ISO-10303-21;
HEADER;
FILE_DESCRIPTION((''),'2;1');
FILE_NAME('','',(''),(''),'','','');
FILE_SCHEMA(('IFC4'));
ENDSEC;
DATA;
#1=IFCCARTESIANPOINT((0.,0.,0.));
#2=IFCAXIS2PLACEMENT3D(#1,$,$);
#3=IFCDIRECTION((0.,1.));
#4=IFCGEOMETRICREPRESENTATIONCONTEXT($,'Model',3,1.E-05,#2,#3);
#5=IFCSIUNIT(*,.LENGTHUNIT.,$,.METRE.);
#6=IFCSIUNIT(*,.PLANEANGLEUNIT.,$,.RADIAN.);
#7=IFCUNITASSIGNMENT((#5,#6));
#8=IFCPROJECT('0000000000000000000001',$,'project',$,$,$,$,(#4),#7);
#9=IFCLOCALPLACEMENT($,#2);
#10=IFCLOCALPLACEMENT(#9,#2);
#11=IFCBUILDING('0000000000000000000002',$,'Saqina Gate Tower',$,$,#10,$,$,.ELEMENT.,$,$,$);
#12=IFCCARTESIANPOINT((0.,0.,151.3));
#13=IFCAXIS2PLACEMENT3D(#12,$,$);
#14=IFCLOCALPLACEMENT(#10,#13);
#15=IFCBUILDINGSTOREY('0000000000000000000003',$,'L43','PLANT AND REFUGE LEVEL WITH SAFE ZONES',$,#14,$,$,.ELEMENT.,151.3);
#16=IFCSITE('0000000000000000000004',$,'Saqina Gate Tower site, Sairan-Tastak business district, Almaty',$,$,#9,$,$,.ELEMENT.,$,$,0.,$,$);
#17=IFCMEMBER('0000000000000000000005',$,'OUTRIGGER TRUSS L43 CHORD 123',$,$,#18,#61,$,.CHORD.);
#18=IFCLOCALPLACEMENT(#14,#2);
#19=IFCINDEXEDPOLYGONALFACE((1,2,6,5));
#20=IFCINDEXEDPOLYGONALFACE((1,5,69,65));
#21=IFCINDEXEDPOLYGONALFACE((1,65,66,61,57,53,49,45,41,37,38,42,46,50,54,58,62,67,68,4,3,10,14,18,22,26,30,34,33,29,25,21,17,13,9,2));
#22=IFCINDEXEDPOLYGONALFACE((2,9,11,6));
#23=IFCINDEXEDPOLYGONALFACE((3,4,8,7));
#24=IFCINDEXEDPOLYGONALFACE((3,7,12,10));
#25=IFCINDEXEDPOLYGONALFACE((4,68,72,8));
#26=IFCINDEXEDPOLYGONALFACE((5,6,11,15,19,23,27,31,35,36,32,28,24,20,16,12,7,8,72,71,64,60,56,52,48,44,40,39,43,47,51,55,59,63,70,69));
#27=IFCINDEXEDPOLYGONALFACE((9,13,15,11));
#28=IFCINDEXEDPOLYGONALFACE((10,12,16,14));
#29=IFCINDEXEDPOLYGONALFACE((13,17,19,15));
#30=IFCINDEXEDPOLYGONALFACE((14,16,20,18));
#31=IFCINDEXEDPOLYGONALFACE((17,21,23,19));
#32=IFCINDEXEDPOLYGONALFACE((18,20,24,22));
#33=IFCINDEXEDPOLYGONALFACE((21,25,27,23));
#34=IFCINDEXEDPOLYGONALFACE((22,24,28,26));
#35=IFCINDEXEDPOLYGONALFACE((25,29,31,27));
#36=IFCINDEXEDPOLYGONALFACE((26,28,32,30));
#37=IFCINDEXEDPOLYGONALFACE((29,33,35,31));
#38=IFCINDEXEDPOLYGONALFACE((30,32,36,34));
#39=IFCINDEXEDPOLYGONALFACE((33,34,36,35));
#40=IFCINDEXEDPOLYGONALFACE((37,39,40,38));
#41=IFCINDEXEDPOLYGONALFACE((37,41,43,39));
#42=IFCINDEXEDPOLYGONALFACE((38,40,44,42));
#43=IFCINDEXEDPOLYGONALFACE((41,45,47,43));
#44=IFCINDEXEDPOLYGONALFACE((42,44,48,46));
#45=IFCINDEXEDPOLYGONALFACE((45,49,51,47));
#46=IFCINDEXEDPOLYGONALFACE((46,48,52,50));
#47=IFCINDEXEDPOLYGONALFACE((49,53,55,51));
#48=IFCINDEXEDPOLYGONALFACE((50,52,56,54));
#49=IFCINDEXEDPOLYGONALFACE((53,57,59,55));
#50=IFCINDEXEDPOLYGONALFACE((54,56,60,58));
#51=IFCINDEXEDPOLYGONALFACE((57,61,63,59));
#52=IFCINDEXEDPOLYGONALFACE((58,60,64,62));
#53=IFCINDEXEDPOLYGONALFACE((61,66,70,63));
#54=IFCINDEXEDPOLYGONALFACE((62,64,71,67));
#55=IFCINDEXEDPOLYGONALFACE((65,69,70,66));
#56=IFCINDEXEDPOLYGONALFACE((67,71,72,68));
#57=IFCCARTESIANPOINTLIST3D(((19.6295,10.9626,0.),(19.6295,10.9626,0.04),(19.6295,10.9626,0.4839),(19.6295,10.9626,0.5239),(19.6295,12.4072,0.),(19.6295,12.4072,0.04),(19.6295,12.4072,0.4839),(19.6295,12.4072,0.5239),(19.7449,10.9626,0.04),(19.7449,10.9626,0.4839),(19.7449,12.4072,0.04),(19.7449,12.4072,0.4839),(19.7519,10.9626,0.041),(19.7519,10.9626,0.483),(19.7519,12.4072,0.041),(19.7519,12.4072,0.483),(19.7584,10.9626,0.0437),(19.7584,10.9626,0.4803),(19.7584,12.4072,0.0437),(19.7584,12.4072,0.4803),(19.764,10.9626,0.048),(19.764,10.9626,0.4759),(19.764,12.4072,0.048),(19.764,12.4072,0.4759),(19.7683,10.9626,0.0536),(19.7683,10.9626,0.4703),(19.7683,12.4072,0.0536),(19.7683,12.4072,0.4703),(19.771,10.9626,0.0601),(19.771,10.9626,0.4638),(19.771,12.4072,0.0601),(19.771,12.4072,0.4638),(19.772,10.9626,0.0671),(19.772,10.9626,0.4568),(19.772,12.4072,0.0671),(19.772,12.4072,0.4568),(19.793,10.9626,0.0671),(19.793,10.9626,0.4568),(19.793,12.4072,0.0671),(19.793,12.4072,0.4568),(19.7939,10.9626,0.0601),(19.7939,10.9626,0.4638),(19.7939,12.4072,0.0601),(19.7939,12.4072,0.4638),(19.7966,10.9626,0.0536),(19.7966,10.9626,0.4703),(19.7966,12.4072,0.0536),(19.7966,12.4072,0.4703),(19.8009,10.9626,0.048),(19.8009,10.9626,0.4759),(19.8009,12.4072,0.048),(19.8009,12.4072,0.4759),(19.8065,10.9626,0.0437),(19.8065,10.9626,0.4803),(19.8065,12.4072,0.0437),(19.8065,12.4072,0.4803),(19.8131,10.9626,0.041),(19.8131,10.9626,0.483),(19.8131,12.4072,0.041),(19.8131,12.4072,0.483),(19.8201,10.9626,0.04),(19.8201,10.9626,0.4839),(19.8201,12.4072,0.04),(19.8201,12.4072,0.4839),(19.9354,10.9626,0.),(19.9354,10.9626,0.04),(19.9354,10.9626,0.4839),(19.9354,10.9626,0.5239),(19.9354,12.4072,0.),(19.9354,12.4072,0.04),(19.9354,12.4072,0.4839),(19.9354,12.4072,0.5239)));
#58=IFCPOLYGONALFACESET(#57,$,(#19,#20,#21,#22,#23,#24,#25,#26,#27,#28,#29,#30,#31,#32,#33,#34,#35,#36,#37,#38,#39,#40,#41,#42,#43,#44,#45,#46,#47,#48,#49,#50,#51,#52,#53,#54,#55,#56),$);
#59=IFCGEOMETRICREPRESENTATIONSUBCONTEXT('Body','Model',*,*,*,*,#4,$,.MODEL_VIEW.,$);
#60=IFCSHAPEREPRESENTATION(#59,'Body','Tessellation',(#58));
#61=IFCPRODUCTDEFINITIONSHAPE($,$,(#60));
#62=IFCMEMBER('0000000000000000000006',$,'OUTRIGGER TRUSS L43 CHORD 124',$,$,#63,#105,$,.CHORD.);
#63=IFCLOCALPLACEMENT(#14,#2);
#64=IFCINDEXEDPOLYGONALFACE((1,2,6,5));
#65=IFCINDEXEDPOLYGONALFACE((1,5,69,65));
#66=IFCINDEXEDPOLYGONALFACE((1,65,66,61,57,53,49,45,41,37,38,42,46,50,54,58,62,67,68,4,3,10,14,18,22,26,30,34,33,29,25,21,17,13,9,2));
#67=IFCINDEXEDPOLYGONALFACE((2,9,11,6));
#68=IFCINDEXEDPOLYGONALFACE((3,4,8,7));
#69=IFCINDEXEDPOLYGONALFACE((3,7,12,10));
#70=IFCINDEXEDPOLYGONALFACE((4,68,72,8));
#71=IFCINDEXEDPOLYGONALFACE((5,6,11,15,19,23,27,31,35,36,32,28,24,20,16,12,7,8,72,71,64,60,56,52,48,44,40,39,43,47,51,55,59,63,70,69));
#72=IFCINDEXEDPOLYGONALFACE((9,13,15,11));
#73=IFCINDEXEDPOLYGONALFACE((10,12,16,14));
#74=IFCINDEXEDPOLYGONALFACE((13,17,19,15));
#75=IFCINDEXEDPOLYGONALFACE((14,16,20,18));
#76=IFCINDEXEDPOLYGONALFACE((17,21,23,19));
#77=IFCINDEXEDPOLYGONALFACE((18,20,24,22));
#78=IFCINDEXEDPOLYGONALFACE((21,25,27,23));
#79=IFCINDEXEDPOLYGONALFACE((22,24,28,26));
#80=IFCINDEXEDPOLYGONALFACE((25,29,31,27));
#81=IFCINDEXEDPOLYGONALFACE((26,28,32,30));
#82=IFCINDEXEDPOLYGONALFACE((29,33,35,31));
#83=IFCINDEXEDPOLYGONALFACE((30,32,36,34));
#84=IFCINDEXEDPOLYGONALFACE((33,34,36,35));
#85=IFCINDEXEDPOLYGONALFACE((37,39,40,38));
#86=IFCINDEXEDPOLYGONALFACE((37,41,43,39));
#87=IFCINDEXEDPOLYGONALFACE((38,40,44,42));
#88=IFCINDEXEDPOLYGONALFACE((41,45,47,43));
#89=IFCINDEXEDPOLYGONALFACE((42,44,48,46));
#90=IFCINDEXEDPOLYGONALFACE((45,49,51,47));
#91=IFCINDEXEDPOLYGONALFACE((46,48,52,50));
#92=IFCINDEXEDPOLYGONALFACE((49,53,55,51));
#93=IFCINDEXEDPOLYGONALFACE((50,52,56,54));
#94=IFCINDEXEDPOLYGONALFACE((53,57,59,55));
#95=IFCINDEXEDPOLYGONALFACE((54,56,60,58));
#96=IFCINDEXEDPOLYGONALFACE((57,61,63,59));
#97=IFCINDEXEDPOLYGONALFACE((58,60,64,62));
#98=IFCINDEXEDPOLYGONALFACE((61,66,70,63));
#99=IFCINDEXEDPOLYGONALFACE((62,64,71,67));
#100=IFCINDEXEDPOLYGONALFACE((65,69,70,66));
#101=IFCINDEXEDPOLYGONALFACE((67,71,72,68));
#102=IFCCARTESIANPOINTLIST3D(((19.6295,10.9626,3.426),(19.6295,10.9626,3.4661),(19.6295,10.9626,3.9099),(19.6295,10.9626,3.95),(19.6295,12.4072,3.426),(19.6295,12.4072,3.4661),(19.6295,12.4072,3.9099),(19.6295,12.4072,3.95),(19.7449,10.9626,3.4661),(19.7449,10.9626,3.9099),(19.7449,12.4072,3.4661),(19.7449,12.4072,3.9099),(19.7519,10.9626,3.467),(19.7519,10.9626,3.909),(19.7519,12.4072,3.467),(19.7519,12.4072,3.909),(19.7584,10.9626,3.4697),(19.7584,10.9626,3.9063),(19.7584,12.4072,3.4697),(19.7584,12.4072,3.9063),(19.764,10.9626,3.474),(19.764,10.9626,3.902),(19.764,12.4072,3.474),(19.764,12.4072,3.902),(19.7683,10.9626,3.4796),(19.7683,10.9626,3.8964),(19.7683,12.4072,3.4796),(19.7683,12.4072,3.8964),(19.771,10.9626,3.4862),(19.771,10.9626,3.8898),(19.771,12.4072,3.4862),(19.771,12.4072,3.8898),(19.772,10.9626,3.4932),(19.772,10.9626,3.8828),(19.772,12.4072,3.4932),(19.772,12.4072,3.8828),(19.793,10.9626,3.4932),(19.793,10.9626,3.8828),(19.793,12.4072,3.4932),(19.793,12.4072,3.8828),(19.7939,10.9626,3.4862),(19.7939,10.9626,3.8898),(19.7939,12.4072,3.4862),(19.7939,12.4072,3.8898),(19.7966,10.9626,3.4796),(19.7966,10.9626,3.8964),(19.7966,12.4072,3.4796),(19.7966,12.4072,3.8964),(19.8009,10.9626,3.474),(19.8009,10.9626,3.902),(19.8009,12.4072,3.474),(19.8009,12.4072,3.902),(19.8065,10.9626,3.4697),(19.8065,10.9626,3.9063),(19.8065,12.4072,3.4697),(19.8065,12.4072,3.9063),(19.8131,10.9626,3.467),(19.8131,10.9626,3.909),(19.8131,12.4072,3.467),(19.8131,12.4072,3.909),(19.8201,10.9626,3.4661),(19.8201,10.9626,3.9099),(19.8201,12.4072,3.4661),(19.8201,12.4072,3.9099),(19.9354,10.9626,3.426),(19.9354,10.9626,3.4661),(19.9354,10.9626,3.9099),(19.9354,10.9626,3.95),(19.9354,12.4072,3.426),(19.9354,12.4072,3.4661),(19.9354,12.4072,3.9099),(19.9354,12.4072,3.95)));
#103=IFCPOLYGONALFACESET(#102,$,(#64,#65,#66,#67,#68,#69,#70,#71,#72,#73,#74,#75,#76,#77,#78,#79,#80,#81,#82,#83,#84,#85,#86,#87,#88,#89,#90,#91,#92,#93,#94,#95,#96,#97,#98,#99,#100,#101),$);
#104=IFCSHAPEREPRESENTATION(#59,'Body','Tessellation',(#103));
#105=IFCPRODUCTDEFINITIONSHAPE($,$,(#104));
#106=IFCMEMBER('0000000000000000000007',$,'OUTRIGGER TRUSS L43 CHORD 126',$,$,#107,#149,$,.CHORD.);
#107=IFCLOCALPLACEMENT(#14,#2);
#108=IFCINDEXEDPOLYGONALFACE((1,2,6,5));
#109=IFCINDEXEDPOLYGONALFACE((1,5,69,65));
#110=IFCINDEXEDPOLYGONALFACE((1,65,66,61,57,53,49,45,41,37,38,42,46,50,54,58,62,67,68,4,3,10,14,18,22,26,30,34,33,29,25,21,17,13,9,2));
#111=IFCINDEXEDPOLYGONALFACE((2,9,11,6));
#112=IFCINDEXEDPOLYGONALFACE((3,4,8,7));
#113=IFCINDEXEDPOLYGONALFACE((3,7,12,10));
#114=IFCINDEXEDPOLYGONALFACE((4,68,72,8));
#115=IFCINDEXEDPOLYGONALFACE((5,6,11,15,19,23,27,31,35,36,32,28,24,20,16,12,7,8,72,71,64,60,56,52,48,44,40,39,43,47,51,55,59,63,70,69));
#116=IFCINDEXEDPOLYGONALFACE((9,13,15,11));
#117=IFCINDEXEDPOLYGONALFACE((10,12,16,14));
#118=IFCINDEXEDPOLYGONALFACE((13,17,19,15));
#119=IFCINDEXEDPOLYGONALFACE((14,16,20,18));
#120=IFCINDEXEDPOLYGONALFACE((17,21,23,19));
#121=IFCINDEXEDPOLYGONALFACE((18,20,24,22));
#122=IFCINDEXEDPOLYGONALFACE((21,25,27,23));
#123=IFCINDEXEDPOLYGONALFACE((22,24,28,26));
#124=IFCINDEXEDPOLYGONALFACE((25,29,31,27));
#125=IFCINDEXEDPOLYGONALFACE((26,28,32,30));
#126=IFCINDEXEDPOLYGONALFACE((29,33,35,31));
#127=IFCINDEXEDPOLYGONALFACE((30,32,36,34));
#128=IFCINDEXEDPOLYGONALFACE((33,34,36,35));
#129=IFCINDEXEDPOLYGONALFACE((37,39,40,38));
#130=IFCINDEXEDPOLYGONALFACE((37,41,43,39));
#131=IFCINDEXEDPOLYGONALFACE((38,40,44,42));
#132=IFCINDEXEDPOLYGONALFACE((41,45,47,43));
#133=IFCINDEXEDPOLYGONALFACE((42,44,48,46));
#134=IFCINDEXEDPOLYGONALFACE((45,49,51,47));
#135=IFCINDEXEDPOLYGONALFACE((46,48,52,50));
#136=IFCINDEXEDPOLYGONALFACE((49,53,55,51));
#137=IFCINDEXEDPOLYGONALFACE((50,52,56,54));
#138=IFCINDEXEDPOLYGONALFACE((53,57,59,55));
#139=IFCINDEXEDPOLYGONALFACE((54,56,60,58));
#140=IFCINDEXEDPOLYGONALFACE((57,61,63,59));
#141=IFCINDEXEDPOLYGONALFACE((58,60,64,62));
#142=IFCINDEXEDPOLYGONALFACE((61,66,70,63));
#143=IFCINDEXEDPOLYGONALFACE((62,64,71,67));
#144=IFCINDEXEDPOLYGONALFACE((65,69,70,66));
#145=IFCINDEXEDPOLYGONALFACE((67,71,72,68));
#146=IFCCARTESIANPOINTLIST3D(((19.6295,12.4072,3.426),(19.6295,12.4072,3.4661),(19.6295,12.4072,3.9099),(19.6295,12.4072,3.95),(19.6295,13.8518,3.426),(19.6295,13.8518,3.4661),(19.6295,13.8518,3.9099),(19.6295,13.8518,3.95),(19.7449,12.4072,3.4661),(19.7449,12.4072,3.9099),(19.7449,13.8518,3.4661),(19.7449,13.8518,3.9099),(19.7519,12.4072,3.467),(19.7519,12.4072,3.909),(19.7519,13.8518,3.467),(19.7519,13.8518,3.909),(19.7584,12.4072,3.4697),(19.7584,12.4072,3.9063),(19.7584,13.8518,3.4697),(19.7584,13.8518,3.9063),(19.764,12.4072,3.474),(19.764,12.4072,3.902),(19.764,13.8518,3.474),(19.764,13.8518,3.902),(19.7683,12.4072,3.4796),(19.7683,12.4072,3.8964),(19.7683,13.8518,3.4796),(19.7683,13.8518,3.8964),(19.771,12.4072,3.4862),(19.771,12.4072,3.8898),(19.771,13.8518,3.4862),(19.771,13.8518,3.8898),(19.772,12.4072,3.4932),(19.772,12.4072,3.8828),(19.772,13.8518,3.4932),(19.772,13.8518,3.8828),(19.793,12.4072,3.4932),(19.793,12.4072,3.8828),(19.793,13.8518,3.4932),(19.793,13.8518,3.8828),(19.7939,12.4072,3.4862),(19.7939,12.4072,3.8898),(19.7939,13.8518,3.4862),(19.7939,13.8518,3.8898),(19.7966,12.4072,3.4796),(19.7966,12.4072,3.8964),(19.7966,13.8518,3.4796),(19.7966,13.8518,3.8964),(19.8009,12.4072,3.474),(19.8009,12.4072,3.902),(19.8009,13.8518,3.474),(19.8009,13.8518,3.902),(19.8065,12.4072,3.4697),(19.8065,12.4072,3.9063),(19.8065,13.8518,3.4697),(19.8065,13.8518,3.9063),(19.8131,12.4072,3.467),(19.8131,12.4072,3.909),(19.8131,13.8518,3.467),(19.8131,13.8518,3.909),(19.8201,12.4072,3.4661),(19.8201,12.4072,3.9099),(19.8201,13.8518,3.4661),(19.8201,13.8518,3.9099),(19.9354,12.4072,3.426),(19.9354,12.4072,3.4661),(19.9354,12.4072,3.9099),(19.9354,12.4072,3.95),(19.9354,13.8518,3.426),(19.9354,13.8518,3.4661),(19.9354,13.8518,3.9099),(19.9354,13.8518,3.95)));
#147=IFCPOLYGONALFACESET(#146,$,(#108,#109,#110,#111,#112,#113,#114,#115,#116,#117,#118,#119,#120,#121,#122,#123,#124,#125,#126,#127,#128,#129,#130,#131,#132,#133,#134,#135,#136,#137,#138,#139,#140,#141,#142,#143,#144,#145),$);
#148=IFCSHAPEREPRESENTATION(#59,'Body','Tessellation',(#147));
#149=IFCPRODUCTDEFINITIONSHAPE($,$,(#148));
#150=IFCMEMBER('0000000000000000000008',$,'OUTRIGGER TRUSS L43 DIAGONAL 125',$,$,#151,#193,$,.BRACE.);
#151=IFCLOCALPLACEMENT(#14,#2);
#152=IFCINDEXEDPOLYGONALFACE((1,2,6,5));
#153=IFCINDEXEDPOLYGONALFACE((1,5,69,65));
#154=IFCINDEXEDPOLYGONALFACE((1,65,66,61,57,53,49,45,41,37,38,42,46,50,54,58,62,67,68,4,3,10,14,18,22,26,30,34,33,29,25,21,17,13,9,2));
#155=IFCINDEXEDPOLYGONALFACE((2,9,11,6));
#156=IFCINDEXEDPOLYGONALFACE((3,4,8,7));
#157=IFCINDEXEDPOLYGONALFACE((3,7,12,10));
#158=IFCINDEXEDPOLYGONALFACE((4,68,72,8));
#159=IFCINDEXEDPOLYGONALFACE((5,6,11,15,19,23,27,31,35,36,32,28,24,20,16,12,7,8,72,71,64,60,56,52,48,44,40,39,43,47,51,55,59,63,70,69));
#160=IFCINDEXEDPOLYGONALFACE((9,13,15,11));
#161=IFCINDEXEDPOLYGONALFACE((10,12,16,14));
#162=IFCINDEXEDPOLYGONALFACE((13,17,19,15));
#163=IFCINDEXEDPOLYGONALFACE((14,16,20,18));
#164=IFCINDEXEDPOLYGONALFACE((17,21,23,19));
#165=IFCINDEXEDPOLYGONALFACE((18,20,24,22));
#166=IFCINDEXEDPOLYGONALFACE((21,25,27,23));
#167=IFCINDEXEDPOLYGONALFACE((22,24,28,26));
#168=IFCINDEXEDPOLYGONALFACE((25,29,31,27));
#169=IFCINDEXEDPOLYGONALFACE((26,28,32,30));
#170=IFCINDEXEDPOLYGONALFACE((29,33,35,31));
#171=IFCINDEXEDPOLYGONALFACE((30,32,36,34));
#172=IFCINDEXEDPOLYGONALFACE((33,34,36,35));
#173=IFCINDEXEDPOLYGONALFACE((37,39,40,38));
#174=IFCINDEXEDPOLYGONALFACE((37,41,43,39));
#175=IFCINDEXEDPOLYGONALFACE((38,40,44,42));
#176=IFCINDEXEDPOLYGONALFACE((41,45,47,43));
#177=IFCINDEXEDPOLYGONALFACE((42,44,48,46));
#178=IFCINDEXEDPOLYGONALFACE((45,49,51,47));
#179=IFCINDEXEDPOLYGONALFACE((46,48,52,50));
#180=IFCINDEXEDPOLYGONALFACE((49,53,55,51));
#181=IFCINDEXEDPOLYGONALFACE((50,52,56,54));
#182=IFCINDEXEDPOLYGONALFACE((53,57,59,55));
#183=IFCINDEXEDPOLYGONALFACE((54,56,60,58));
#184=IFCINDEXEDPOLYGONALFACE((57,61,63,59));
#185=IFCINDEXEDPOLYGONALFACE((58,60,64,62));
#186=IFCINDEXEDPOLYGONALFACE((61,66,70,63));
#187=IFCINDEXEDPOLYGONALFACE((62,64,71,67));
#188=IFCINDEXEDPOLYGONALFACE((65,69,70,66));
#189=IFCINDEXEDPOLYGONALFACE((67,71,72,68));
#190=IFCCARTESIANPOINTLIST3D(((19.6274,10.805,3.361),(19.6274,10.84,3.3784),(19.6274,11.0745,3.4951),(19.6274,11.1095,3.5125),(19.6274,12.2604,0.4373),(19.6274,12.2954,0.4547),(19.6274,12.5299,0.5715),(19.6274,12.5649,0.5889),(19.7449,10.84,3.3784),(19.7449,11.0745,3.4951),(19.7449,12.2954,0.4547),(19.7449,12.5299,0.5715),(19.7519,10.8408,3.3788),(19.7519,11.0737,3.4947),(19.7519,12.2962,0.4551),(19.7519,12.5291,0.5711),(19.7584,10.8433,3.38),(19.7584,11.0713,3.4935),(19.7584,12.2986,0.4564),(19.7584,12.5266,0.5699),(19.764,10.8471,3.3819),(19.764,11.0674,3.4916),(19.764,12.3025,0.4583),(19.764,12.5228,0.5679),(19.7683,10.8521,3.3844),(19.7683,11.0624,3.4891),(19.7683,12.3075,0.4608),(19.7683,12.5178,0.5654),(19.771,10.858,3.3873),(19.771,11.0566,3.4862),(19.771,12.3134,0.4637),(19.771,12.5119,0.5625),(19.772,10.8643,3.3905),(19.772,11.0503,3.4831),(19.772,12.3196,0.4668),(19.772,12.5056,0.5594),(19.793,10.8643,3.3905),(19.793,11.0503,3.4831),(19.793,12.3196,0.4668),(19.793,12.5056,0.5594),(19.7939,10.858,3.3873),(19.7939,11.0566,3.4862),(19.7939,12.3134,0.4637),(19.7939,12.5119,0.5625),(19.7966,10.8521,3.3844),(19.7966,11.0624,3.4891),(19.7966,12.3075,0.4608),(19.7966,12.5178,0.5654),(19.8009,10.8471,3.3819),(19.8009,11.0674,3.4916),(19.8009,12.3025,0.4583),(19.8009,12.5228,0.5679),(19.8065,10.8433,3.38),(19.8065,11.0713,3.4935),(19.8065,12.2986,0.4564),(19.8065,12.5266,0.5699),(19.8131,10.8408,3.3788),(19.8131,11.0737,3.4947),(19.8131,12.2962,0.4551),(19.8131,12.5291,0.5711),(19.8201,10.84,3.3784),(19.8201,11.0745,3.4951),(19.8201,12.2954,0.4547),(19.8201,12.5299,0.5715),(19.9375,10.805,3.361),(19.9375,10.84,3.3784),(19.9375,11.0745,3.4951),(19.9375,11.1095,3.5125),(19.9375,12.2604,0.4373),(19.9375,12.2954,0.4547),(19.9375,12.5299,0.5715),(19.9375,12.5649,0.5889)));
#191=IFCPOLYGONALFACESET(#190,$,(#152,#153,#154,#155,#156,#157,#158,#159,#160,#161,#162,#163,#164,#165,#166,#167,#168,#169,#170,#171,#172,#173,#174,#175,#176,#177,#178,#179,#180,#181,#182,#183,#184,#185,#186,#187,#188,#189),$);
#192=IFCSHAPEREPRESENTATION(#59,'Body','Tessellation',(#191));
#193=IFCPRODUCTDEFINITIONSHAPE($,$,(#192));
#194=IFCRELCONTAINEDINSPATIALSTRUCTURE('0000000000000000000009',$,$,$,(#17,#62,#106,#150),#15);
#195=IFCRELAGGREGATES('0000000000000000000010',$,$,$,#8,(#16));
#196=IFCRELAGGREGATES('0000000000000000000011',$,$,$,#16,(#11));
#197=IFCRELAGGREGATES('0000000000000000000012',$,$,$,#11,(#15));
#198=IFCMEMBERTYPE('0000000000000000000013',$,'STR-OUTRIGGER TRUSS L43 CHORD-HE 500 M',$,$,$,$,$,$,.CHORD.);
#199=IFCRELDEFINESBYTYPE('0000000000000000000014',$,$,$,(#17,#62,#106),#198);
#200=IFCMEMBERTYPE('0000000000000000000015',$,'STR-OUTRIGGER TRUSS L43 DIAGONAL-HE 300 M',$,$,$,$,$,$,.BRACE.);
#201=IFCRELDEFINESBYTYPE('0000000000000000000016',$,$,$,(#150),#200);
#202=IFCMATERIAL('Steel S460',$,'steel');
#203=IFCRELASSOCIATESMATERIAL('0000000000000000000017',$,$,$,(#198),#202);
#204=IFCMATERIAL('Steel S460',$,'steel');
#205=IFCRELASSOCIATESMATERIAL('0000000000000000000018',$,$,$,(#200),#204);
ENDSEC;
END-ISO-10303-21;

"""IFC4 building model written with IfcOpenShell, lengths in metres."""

from ifc_helpers import new_model, si_unit, direction, frame, origin, origin_2d, place, context, subcontext, project, spatial, i_section, extrude, material, material_profile, profile_set, type_object, element, save


model = new_model("IFC4")

# Units and contexts
model_context = context("Model", 3, precision=1e-05, world=origin(), true_north=direction((0.0, 1.0)))
body_context = subcontext(model_context, "Body", "Model", "MODEL_VIEW")
ifc_project = project(units=[si_unit("LENGTHUNIT", "METRE"), si_unit("PLANEANGLEUNIT", "RADIAN")], contexts=[model_context])

# Site, building, storey
site_placement = place(None, origin())
site = spatial("IfcSite", under=ifc_project, at=site_placement, Name="Saqina Gate Tower site, Sairan-Tastak business district, Almaty", CompositionType="ELEMENT", RefElevation=0.0)
building_placement = place(site_placement, origin())
building = spatial("IfcBuilding", under=site, at=building_placement, Name="Saqina Gate Tower", CompositionType="ELEMENT")
storey_placement = place(building_placement, frame((0.0, 0.0, 151.3)))
storey = spatial("IfcBuildingStorey", under=building, at=storey_placement, Name="L43", Description="PLANT AND REFUGE LEVEL WITH SAFE ZONES", CompositionType="ELEMENT", Elevation=151.3)

# Members
ifc_material_1 = material(Name="Steel S460", Category="steel")
ifc_material_profile_1 = material_profile(ifc_material_1, i_section(OverallWidth=0.3059, OverallDepth=0.5239, WebThickness=0.021, FlangeThickness=0.04, FilletRadius=0.0271, at=origin_2d()), Name="HE 500 M")
ifc_profile_set_1 = profile_set([ifc_material_profile_1], Name="Steel S460")
member_type_1 = type_object("IfcMemberType", Name="STR-OUTRIGGER TRUSS L43 CHORD-HE 500 M", PredefinedType="CHORD", material=ifc_profile_set_1)
for number, where, z_axis, x_axis, name in (
    (1, (19.7825, 10.9626, 0.262), (0.0, 1.0, 0.0), (-1.0, 0.0, 0.0), "OUTRIGGER TRUSS L43 CHORD 123"),
    (2, (19.7825, 10.9626, 3.688), (0.0, 1.0, 0.0), (-1.0, 0.0, 0.0), "OUTRIGGER TRUSS L43 CHORD 124"),
    (3, (19.7825, 12.4072, 3.688), (0.0, 1.0, 0.0), (-1.0, 0.0, 0.0), "OUTRIGGER TRUSS L43 CHORD 126"),
):
    element("IfcMember", number, at=place(storey_placement, frame(where, z_axis=z_axis, x_axis=x_axis)), inside=storey, type_object=member_type_1, Name=name, PredefinedType="CHORD", context=body_context, shape_type="SweptSolid", body=[
        extrude(i_section(OverallWidth=0.3059, OverallDepth=0.5239, WebThickness=0.021, FlangeThickness=0.04, FilletRadius=0.0271, at=origin_2d()), origin(), (0.0, 0.0, 1.0), 1.4446),
    ])
ifc_material_2 = material(Name="Steel S460", Category="steel")
ifc_material_profile_2 = material_profile(ifc_material_2, i_section(OverallWidth=0.3101, OverallDepth=0.3401, WebThickness=0.021, FlangeThickness=0.0391, FilletRadius=0.0271, at=origin_2d()), Name="HE 300 M")
ifc_profile_set_2 = profile_set([ifc_material_profile_2], Name="Steel S460")
member_type_2 = type_object("IfcMemberType", Name="STR-OUTRIGGER TRUSS L43 DIAGONAL-HE 300 M", PredefinedType="BRACE", material=ifc_profile_set_2)
member_1_placement = place(storey_placement, frame((19.7825, 10.9573, 3.4368), z_axis=(0.0, 0.445628, -0.895218), x_axis=(-1.0, 0.0, 0.0)))
element("IfcMember", 4, at=member_1_placement, inside=storey, type_object=member_type_2, Name="OUTRIGGER TRUSS L43 DIAGONAL 125", PredefinedType="BRACE", context=body_context, shape_type="SweptSolid", body=[
    extrude(i_section(OverallWidth=0.3101, OverallDepth=0.3401, WebThickness=0.021, FlangeThickness=0.0391, FilletRadius=0.0271, at=origin_2d()), origin(), (0.0, 0.0, 1.0), 3.2659),
])

save(model, "model.ifc")
